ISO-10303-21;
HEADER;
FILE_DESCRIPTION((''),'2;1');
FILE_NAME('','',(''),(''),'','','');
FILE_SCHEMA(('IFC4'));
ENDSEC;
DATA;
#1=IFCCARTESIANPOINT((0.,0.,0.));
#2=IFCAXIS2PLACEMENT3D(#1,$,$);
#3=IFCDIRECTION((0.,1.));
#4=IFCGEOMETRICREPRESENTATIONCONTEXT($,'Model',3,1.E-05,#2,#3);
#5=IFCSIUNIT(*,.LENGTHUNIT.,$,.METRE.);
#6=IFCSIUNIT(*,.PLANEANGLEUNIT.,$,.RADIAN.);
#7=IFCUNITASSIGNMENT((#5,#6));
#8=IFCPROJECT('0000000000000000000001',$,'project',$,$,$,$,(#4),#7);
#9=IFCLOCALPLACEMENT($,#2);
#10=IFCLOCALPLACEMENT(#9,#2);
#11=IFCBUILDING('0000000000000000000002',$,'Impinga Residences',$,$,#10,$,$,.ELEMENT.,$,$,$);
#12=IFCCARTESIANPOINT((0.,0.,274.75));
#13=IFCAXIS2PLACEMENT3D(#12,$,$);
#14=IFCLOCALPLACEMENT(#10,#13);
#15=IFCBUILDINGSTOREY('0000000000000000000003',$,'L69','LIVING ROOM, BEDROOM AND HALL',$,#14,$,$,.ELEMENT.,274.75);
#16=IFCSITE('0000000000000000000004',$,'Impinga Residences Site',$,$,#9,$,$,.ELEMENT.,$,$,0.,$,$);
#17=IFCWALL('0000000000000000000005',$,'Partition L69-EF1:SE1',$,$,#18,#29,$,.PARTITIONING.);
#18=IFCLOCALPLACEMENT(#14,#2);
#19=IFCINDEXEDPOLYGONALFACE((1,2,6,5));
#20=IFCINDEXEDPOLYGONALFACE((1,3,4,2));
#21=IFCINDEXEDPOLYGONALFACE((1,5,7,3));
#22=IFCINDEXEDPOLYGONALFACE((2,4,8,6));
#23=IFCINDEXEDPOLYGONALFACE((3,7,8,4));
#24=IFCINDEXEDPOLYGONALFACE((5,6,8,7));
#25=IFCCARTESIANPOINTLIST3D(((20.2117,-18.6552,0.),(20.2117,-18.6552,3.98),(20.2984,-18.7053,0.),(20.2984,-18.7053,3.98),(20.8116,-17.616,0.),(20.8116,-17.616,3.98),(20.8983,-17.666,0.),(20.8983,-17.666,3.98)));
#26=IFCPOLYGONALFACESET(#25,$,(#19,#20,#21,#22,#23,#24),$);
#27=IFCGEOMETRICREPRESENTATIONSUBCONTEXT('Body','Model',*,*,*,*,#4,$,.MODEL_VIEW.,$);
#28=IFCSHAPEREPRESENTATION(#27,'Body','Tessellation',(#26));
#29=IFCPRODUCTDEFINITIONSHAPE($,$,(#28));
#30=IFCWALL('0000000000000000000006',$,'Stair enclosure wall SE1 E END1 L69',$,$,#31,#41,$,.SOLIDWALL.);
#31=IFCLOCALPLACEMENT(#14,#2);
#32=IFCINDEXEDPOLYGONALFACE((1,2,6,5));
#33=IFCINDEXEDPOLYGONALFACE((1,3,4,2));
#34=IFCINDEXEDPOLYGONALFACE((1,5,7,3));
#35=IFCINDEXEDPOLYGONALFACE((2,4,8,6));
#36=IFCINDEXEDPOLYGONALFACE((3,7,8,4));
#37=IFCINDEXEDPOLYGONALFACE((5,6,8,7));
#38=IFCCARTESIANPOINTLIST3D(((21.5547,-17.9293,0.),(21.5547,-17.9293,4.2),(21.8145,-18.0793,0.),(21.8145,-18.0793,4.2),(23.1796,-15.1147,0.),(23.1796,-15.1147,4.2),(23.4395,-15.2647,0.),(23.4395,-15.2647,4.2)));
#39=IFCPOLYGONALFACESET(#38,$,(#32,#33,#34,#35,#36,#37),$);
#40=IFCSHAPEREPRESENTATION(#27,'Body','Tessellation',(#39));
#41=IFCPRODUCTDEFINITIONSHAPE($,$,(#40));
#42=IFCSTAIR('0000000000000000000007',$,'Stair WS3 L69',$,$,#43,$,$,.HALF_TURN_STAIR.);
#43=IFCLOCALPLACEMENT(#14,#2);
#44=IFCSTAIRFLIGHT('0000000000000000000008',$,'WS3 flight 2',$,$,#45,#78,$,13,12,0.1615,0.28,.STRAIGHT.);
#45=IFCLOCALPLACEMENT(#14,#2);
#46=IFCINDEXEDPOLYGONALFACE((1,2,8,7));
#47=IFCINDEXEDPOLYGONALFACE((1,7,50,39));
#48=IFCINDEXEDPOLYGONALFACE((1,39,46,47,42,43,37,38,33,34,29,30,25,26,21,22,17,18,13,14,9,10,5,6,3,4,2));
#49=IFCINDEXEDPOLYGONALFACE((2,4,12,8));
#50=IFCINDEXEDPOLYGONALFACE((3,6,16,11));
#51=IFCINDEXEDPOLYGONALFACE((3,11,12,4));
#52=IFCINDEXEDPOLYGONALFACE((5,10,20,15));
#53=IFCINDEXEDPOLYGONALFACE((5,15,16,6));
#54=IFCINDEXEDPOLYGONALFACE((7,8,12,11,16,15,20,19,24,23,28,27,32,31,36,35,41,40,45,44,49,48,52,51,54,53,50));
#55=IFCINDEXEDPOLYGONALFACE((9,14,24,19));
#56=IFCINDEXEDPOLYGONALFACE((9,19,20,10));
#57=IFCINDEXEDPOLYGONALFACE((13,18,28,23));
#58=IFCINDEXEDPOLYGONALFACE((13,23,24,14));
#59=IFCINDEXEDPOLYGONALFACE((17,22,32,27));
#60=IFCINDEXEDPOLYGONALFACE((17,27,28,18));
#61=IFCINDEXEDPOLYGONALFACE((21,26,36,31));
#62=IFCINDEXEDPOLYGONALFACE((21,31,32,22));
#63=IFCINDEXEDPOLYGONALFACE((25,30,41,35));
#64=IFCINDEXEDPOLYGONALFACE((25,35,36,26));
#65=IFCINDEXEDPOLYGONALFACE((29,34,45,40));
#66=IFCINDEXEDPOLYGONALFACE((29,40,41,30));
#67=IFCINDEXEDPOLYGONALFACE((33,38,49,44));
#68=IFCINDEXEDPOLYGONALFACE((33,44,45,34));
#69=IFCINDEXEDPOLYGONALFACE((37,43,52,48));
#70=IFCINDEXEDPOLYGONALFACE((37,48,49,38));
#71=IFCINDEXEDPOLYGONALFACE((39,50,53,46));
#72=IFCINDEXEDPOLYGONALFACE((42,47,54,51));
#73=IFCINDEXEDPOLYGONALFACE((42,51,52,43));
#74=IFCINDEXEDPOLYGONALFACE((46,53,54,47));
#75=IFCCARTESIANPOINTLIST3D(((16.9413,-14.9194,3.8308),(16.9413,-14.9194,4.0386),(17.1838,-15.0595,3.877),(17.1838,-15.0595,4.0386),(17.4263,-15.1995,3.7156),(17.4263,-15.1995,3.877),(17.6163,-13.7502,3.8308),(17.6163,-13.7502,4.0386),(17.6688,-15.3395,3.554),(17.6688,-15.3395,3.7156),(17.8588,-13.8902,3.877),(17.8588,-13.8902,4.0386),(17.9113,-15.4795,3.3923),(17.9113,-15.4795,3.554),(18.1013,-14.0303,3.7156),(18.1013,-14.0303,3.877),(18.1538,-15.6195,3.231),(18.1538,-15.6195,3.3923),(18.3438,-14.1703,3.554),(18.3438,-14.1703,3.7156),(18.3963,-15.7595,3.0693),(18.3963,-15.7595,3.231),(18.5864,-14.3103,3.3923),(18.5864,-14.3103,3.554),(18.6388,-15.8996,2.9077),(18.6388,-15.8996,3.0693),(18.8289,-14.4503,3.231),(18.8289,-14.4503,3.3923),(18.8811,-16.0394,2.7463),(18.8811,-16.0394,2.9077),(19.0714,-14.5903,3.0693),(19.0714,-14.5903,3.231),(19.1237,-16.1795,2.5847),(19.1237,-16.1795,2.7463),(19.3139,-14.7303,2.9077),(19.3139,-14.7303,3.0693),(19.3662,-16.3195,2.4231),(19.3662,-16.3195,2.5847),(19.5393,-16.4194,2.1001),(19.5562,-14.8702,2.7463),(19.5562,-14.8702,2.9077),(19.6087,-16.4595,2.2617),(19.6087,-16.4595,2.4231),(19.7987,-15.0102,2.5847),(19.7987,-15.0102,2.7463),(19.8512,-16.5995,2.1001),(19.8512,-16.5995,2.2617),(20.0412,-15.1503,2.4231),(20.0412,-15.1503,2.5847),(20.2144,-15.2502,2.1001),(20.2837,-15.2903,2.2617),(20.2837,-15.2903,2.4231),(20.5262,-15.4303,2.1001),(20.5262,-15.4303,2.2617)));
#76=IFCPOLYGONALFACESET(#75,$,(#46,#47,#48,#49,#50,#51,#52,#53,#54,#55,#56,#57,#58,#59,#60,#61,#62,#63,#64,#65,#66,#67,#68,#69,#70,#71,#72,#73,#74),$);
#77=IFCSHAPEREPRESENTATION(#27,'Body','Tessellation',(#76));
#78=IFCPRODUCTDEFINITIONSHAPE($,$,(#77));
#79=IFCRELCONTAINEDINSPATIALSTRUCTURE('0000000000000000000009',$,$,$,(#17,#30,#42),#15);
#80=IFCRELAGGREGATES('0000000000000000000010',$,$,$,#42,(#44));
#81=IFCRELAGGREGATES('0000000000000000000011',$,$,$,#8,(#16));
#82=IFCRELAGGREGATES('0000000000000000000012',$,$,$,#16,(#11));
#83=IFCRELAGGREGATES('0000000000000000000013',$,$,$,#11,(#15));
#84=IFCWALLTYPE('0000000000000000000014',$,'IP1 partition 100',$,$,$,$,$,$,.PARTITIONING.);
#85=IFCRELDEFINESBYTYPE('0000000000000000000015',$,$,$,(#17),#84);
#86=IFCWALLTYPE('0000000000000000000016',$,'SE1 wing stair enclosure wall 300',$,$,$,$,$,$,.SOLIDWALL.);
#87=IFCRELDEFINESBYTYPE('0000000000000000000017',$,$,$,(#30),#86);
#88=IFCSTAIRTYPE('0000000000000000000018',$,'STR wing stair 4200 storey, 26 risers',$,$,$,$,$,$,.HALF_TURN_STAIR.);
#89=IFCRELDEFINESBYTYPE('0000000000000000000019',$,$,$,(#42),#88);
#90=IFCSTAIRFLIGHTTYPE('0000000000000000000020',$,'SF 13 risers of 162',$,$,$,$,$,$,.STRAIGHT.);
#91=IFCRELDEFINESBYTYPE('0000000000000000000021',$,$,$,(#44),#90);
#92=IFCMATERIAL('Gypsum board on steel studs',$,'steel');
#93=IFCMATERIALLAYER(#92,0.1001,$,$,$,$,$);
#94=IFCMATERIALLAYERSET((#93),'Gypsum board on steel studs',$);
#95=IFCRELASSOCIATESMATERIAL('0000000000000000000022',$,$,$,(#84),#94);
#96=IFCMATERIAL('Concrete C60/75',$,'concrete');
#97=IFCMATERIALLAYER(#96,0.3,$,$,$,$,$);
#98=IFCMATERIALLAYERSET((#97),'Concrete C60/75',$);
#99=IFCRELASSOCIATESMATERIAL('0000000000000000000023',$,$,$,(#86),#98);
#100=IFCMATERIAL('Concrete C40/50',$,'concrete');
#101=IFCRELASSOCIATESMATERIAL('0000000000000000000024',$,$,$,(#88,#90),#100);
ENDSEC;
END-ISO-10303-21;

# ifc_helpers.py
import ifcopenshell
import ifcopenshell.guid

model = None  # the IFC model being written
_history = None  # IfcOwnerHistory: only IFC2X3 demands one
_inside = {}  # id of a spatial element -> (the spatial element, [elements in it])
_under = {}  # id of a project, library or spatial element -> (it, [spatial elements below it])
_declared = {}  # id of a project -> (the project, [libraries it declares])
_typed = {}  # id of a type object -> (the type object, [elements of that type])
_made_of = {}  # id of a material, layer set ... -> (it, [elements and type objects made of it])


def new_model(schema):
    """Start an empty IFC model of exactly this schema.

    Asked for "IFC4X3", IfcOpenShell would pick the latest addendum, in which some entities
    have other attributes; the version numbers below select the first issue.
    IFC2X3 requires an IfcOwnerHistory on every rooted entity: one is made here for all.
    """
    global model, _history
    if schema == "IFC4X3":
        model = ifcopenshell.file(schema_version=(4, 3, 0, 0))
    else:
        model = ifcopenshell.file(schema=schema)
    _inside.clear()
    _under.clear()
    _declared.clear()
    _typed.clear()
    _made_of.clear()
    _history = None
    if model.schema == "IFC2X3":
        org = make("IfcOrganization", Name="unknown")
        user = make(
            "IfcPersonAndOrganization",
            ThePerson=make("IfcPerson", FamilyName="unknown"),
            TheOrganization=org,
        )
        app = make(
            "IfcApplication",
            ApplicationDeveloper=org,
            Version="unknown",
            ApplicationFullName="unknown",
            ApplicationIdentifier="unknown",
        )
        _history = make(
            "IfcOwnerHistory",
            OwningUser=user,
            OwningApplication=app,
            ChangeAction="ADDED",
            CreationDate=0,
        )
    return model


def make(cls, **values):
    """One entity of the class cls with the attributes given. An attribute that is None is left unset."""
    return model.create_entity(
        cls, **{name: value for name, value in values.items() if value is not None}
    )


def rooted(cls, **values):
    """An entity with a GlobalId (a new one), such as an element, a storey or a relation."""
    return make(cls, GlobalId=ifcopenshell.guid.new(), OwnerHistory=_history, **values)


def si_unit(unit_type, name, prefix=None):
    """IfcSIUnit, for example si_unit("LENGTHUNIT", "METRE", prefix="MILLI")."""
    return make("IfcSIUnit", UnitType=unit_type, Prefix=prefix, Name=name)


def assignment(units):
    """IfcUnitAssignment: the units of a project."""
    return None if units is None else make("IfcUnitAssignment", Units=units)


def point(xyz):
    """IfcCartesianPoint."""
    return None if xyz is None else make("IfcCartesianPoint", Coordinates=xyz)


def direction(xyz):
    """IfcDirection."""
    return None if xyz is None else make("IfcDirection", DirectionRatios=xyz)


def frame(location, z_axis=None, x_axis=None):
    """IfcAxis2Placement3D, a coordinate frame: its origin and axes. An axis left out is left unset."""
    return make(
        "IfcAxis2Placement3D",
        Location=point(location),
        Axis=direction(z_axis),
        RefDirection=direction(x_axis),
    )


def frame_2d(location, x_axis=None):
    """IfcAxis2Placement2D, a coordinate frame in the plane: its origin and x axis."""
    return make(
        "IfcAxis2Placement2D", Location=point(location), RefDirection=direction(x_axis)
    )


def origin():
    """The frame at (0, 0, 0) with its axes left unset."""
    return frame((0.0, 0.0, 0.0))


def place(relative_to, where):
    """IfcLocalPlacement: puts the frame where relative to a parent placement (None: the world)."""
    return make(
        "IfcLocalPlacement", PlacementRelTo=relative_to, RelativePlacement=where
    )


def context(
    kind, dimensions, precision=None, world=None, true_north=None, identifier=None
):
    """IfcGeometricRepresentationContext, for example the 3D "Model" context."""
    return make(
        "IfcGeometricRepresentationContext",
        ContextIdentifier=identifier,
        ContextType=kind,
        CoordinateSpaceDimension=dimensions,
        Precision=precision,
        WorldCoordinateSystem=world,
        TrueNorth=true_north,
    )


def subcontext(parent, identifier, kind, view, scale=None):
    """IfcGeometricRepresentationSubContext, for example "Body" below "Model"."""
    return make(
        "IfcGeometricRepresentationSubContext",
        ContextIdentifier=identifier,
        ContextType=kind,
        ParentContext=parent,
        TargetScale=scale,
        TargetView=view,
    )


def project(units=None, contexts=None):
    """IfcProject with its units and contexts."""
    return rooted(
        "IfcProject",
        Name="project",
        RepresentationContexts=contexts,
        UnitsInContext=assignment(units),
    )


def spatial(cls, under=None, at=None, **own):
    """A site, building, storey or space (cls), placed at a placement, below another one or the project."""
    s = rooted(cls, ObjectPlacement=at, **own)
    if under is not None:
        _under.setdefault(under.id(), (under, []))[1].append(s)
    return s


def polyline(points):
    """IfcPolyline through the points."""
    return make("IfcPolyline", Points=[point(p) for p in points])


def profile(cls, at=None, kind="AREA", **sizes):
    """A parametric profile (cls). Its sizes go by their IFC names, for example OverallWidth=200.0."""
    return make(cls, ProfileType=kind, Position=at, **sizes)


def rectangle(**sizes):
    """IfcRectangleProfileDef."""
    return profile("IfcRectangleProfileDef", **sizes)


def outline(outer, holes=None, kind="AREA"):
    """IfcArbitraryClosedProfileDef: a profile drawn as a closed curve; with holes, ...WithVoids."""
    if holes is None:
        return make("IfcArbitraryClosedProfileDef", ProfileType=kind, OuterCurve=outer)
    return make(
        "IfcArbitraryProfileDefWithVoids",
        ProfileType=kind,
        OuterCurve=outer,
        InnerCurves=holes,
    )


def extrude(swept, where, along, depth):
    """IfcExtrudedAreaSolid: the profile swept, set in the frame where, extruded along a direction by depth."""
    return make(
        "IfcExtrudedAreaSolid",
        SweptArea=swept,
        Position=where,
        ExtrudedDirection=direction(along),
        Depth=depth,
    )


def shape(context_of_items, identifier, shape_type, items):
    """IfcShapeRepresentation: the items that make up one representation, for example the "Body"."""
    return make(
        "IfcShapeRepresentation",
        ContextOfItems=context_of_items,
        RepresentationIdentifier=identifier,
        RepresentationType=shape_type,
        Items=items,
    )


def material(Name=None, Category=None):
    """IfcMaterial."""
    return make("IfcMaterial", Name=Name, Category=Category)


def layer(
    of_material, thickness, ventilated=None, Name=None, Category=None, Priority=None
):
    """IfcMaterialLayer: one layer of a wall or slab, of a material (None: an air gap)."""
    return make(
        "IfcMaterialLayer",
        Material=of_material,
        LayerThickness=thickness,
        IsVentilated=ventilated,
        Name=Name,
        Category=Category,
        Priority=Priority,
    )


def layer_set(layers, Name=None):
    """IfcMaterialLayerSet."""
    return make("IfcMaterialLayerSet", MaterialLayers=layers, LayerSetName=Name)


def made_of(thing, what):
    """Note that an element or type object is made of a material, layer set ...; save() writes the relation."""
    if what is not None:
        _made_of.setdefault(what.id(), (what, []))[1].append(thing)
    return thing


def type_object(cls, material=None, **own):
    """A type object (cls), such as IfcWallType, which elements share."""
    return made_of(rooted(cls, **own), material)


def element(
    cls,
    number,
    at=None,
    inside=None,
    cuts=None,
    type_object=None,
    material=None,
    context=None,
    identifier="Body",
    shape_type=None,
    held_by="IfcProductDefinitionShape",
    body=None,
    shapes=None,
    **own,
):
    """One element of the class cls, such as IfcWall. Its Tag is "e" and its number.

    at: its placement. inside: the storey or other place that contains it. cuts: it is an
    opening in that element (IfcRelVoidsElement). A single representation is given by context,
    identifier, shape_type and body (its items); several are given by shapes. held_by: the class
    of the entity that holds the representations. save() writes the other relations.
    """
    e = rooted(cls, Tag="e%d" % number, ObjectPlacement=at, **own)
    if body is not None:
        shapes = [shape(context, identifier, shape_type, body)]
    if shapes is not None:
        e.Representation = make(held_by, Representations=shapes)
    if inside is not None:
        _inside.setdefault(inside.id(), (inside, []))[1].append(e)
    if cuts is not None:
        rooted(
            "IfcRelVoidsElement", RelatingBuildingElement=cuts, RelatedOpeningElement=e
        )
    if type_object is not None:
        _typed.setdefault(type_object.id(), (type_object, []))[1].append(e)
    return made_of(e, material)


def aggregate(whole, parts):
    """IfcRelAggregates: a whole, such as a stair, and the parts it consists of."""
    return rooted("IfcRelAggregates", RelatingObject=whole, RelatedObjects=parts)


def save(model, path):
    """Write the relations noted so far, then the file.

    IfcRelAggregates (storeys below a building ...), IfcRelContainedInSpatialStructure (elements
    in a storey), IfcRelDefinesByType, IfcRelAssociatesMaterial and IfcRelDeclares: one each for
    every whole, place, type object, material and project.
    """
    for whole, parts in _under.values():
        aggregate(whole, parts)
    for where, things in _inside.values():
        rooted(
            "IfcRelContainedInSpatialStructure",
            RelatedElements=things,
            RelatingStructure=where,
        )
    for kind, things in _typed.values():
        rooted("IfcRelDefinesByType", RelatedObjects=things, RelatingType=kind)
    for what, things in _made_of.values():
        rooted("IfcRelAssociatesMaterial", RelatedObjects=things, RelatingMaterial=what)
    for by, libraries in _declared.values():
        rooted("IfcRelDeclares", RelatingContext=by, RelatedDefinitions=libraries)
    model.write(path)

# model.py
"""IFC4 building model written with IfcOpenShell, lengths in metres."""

from ifc_helpers import new_model, si_unit, direction, frame, frame_2d, origin, place, context, subcontext, project, spatial, polyline, rectangle, outline, extrude, material, layer, layer_set, type_object, element, aggregate, save


model = new_model("IFC4")

# Units and contexts
model_context = context("Model", 3, precision=1e-05, world=origin(), true_north=direction((0.0, 1.0)))
body_context = subcontext(model_context, "Body", "Model", "MODEL_VIEW")
ifc_project = project(units=[si_unit("LENGTHUNIT", "METRE"), si_unit("PLANEANGLEUNIT", "RADIAN")], contexts=[model_context])

# Site, building, storey
site_placement = place(None, origin())
site = spatial("IfcSite", under=ifc_project, at=site_placement, Name="Impinga Residences Site", CompositionType="ELEMENT", RefElevation=0.0)
building_placement = place(site_placement, origin())
building = spatial("IfcBuilding", under=site, at=building_placement, Name="Impinga Residences", CompositionType="ELEMENT")
storey_placement = place(building_placement, frame((0.0, 0.0, 274.75)))
storey = spatial("IfcBuildingStorey", under=building, at=storey_placement, Name="L69", Description="LIVING ROOM, BEDROOM AND HALL", CompositionType="ELEMENT", Elevation=274.75)

# Shared definitions
ifc_material_1 = material(Name="Concrete C60/75", Category="concrete")

# Walls
ifc_material_2 = material(Name="Gypsum board on steel studs", Category="steel")
ifc_layer_1 = layer(ifc_material_2, 0.1001)
ifc_layer_set_1 = layer_set([ifc_layer_1], Name="Gypsum board on steel studs")
wall_type_1 = type_object("IfcWallType", Name="IP1 partition 100", PredefinedType="PARTITIONING", material=ifc_layer_set_1)
wall_1_placement = place(storey_placement, frame((20.855, -17.6409, 0.0), z_axis=(0.0, 0.0, 1.0), x_axis=(-0.499881, -0.866094, 0.0)))
element("IfcWall", 1, at=wall_1_placement, inside=storey, type_object=wall_type_1, Name="Partition L69-EF1:SE1", PredefinedType="PARTITIONING", context=body_context, shape_type="SweptSolid", body=[
    extrude(rectangle(XDim=1.2, YDim=0.1001, at=frame_2d((0.6001, 0.0))), origin(), (0.0, 0.0, 1.0), 3.98),
])
ifc_layer_2 = layer(ifc_material_1, 0.3)
ifc_layer_set_2 = layer_set([ifc_layer_2], Name="Concrete C60/75")
wall_type_2 = type_object("IfcWallType", Name="SE1 wing stair enclosure wall 300", PredefinedType="SOLIDWALL", material=ifc_layer_set_2)
wall_2_placement = place(storey_placement, frame((23.3096, -15.1897, 0.0), z_axis=(0.0, 0.0, 1.0), x_axis=(-0.499985, -0.866034, 0.0)))
element("IfcWall", 2, at=wall_2_placement, inside=storey, type_object=wall_type_2, Name="Stair enclosure wall SE1 E END1 L69", PredefinedType="SOLIDWALL", context=body_context, shape_type="SweptSolid", body=[
    extrude(rectangle(XDim=3.25, YDim=0.3, at=frame_2d((1.625, 0.0))), origin(), (0.0, 0.0, 1.0), 4.2),
])

# Stair, stair flight
ifc_material_3 = material(Name="Concrete C40/50", Category="concrete")
stair_type = type_object("IfcStairType", Name="STR wing stair 4200 storey, 26 risers", PredefinedType="HALF_TURN_STAIR", material=ifc_material_3)
stair_placement = place(storey_placement, origin())
stair = element("IfcStair", 3, at=stair_placement, inside=storey, type_object=stair_type, Name="Stair WS3 L69", PredefinedType="HALF_TURN_STAIR")
stair_flight_type = type_object("IfcStairFlightType", Name="SF 13 risers of 162", PredefinedType="STRAIGHT", material=ifc_material_3)
stair_flight_placement = place(storey_placement, frame((20.1887, -16.0149, 2.1001), z_axis=(0.0, 0.0, 1.0), x_axis=(-0.866025, 0.5, 0.0)))
stair_flight = element("IfcStairFlight", 4, at=stair_flight_placement, type_object=stair_flight_type, Name="WS3 flight 2", NumberOfRisers=13, NumberOfTreads=12, PredefinedType="STRAIGHT", RiserHeight=0.1615, TreadLength=0.28, context=body_context, shape_type="SweptSolid", body=[
    extrude(outline(polyline([(0.0, 0.0), (0.0, 0.1616), (0.28, 0.1616), (0.28, 0.323), (0.5601, 0.323), (0.5601, 0.4846), (0.8401, 0.4846), (0.8401, 0.6462), (1.1201, 0.6462), (1.1201, 0.8076), (1.3999, 0.8076), (1.3999, 0.9692), (1.6799, 0.9692), (1.6799, 1.1309), (1.96, 1.1309), (1.96, 1.2922), (2.24, 1.2922), (2.24, 1.4539), (2.52, 1.4539), (2.52, 1.6155), (2.8, 1.6155), (2.8, 1.7769), (3.0801, 1.7769), (3.0801, 1.9385), (3.3601, 1.9385), (3.3601, 2.1001), (3.3601, 1.7307), (0.3601, 0.0), (0.0, 0.0)])), frame((0.0, 0.675, 0.0), z_axis=(0.0, -1.0, 0.0), x_axis=(1.0, 0.0, 0.0)), (0.0, 0.0, 1.0), 1.3501),
])
aggregate(stair, [stair_flight])

save(model, "model.ifc")
